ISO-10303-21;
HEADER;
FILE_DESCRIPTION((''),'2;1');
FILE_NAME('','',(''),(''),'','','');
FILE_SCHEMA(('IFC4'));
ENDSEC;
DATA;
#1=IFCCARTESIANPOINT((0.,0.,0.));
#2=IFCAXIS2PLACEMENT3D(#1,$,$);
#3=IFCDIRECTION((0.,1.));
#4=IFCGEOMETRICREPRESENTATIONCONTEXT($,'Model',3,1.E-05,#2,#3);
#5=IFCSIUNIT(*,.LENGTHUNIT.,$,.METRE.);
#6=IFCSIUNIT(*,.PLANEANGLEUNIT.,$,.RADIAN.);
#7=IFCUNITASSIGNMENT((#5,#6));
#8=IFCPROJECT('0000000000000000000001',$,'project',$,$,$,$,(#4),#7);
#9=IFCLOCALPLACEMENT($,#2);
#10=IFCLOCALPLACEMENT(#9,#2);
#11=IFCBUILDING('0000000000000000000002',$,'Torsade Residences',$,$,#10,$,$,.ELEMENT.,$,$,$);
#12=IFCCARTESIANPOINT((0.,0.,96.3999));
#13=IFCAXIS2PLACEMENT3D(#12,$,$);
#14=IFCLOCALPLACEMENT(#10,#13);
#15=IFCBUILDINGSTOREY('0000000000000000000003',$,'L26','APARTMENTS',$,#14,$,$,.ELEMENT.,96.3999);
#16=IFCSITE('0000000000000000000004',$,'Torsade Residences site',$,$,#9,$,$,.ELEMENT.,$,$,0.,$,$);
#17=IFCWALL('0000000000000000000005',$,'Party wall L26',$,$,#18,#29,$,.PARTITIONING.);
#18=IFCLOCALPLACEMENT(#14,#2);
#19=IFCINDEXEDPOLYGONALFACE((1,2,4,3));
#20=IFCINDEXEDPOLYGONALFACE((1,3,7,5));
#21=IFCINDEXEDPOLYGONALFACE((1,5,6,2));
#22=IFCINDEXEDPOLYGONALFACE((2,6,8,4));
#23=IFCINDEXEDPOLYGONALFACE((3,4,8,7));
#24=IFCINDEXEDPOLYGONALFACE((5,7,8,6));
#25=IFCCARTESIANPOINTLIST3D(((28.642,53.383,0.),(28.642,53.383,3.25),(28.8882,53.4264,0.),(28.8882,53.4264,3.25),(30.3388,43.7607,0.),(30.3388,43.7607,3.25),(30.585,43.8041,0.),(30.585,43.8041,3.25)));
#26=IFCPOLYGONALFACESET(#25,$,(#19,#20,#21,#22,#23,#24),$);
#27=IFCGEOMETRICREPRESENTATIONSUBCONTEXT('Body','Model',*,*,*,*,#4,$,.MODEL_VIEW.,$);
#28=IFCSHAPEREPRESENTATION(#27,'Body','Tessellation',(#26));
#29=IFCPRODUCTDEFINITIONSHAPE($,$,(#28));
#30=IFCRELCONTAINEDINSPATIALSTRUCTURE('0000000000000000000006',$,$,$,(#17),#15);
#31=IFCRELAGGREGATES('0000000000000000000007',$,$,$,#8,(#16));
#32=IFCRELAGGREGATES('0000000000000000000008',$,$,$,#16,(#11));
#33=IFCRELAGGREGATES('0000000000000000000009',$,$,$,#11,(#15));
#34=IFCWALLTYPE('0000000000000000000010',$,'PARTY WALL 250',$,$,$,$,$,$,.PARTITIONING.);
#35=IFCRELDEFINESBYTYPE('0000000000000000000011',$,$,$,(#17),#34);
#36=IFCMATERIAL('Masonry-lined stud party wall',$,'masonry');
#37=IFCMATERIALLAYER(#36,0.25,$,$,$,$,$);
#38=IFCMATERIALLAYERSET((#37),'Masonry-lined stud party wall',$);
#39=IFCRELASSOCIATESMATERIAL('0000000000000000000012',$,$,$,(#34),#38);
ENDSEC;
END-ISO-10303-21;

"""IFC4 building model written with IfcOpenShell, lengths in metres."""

from ifc_helpers import new_model, si_unit, direction, frame, frame_2d, origin, place, context, subcontext, project, spatial, rectangle, extrude, material, layer, layer_set, type_object, element, save


model = new_model("IFC4")

# Units and contexts
model_context = context("Model", 3, precision=1e-05, world=origin(), true_north=direction((0.0, 1.0)))
body_context = subcontext(model_context, "Body", "Model", "MODEL_VIEW")
ifc_project = project(units=[si_unit("LENGTHUNIT", "METRE"), si_unit("PLANEANGLEUNIT", "RADIAN")], contexts=[model_context])

# Site, building, storey
site_placement = place(None, origin())
site = spatial("IfcSite", under=ifc_project, at=site_placement, Name="Torsade Residences site", CompositionType="ELEMENT", RefElevation=0.0)
building_placement = place(site_placement, origin())
building = spatial("IfcBuilding", under=site, at=building_placement, Name="Torsade Residences", CompositionType="ELEMENT")
storey_placement = place(building_placement, frame((0.0, 0.0, 96.3999)))
storey = spatial("IfcBuildingStorey", under=building, at=storey_placement, Name="L26", Description="APARTMENTS", CompositionType="ELEMENT", Elevation=96.3999)

# Wall
ifc_material_1 = material(Name="Masonry-lined stud party wall", Category="masonry")
ifc_layer_1 = layer(ifc_material_1, 0.25)
ifc_layer_set_1 = layer_set([ifc_layer_1], Name="Masonry-lined stud party wall")
wall_type_1 = type_object("IfcWallType", Name="PARTY WALL 250", PredefinedType="PARTITIONING", material=ifc_layer_set_1)
wall_1_placement = place(storey_placement, frame((28.7651, 53.4045, 0.0), z_axis=(0.0, 0.0, 1.0), x_axis=(0.173658, -0.984806, 0.0)))
element("IfcWall", 1, at=wall_1_placement, inside=storey, type_object=wall_type_1, Name="Party wall L26", PredefinedType="PARTITIONING", context=body_context, shape_type="SweptSolid", body=[
    extrude(rectangle(XDim=9.7708, YDim=0.25, at=frame_2d((4.8853, 0.0))), origin(), (0.0, 0.0, 1.0), 3.25),
])

save(model, "model.ifc")
